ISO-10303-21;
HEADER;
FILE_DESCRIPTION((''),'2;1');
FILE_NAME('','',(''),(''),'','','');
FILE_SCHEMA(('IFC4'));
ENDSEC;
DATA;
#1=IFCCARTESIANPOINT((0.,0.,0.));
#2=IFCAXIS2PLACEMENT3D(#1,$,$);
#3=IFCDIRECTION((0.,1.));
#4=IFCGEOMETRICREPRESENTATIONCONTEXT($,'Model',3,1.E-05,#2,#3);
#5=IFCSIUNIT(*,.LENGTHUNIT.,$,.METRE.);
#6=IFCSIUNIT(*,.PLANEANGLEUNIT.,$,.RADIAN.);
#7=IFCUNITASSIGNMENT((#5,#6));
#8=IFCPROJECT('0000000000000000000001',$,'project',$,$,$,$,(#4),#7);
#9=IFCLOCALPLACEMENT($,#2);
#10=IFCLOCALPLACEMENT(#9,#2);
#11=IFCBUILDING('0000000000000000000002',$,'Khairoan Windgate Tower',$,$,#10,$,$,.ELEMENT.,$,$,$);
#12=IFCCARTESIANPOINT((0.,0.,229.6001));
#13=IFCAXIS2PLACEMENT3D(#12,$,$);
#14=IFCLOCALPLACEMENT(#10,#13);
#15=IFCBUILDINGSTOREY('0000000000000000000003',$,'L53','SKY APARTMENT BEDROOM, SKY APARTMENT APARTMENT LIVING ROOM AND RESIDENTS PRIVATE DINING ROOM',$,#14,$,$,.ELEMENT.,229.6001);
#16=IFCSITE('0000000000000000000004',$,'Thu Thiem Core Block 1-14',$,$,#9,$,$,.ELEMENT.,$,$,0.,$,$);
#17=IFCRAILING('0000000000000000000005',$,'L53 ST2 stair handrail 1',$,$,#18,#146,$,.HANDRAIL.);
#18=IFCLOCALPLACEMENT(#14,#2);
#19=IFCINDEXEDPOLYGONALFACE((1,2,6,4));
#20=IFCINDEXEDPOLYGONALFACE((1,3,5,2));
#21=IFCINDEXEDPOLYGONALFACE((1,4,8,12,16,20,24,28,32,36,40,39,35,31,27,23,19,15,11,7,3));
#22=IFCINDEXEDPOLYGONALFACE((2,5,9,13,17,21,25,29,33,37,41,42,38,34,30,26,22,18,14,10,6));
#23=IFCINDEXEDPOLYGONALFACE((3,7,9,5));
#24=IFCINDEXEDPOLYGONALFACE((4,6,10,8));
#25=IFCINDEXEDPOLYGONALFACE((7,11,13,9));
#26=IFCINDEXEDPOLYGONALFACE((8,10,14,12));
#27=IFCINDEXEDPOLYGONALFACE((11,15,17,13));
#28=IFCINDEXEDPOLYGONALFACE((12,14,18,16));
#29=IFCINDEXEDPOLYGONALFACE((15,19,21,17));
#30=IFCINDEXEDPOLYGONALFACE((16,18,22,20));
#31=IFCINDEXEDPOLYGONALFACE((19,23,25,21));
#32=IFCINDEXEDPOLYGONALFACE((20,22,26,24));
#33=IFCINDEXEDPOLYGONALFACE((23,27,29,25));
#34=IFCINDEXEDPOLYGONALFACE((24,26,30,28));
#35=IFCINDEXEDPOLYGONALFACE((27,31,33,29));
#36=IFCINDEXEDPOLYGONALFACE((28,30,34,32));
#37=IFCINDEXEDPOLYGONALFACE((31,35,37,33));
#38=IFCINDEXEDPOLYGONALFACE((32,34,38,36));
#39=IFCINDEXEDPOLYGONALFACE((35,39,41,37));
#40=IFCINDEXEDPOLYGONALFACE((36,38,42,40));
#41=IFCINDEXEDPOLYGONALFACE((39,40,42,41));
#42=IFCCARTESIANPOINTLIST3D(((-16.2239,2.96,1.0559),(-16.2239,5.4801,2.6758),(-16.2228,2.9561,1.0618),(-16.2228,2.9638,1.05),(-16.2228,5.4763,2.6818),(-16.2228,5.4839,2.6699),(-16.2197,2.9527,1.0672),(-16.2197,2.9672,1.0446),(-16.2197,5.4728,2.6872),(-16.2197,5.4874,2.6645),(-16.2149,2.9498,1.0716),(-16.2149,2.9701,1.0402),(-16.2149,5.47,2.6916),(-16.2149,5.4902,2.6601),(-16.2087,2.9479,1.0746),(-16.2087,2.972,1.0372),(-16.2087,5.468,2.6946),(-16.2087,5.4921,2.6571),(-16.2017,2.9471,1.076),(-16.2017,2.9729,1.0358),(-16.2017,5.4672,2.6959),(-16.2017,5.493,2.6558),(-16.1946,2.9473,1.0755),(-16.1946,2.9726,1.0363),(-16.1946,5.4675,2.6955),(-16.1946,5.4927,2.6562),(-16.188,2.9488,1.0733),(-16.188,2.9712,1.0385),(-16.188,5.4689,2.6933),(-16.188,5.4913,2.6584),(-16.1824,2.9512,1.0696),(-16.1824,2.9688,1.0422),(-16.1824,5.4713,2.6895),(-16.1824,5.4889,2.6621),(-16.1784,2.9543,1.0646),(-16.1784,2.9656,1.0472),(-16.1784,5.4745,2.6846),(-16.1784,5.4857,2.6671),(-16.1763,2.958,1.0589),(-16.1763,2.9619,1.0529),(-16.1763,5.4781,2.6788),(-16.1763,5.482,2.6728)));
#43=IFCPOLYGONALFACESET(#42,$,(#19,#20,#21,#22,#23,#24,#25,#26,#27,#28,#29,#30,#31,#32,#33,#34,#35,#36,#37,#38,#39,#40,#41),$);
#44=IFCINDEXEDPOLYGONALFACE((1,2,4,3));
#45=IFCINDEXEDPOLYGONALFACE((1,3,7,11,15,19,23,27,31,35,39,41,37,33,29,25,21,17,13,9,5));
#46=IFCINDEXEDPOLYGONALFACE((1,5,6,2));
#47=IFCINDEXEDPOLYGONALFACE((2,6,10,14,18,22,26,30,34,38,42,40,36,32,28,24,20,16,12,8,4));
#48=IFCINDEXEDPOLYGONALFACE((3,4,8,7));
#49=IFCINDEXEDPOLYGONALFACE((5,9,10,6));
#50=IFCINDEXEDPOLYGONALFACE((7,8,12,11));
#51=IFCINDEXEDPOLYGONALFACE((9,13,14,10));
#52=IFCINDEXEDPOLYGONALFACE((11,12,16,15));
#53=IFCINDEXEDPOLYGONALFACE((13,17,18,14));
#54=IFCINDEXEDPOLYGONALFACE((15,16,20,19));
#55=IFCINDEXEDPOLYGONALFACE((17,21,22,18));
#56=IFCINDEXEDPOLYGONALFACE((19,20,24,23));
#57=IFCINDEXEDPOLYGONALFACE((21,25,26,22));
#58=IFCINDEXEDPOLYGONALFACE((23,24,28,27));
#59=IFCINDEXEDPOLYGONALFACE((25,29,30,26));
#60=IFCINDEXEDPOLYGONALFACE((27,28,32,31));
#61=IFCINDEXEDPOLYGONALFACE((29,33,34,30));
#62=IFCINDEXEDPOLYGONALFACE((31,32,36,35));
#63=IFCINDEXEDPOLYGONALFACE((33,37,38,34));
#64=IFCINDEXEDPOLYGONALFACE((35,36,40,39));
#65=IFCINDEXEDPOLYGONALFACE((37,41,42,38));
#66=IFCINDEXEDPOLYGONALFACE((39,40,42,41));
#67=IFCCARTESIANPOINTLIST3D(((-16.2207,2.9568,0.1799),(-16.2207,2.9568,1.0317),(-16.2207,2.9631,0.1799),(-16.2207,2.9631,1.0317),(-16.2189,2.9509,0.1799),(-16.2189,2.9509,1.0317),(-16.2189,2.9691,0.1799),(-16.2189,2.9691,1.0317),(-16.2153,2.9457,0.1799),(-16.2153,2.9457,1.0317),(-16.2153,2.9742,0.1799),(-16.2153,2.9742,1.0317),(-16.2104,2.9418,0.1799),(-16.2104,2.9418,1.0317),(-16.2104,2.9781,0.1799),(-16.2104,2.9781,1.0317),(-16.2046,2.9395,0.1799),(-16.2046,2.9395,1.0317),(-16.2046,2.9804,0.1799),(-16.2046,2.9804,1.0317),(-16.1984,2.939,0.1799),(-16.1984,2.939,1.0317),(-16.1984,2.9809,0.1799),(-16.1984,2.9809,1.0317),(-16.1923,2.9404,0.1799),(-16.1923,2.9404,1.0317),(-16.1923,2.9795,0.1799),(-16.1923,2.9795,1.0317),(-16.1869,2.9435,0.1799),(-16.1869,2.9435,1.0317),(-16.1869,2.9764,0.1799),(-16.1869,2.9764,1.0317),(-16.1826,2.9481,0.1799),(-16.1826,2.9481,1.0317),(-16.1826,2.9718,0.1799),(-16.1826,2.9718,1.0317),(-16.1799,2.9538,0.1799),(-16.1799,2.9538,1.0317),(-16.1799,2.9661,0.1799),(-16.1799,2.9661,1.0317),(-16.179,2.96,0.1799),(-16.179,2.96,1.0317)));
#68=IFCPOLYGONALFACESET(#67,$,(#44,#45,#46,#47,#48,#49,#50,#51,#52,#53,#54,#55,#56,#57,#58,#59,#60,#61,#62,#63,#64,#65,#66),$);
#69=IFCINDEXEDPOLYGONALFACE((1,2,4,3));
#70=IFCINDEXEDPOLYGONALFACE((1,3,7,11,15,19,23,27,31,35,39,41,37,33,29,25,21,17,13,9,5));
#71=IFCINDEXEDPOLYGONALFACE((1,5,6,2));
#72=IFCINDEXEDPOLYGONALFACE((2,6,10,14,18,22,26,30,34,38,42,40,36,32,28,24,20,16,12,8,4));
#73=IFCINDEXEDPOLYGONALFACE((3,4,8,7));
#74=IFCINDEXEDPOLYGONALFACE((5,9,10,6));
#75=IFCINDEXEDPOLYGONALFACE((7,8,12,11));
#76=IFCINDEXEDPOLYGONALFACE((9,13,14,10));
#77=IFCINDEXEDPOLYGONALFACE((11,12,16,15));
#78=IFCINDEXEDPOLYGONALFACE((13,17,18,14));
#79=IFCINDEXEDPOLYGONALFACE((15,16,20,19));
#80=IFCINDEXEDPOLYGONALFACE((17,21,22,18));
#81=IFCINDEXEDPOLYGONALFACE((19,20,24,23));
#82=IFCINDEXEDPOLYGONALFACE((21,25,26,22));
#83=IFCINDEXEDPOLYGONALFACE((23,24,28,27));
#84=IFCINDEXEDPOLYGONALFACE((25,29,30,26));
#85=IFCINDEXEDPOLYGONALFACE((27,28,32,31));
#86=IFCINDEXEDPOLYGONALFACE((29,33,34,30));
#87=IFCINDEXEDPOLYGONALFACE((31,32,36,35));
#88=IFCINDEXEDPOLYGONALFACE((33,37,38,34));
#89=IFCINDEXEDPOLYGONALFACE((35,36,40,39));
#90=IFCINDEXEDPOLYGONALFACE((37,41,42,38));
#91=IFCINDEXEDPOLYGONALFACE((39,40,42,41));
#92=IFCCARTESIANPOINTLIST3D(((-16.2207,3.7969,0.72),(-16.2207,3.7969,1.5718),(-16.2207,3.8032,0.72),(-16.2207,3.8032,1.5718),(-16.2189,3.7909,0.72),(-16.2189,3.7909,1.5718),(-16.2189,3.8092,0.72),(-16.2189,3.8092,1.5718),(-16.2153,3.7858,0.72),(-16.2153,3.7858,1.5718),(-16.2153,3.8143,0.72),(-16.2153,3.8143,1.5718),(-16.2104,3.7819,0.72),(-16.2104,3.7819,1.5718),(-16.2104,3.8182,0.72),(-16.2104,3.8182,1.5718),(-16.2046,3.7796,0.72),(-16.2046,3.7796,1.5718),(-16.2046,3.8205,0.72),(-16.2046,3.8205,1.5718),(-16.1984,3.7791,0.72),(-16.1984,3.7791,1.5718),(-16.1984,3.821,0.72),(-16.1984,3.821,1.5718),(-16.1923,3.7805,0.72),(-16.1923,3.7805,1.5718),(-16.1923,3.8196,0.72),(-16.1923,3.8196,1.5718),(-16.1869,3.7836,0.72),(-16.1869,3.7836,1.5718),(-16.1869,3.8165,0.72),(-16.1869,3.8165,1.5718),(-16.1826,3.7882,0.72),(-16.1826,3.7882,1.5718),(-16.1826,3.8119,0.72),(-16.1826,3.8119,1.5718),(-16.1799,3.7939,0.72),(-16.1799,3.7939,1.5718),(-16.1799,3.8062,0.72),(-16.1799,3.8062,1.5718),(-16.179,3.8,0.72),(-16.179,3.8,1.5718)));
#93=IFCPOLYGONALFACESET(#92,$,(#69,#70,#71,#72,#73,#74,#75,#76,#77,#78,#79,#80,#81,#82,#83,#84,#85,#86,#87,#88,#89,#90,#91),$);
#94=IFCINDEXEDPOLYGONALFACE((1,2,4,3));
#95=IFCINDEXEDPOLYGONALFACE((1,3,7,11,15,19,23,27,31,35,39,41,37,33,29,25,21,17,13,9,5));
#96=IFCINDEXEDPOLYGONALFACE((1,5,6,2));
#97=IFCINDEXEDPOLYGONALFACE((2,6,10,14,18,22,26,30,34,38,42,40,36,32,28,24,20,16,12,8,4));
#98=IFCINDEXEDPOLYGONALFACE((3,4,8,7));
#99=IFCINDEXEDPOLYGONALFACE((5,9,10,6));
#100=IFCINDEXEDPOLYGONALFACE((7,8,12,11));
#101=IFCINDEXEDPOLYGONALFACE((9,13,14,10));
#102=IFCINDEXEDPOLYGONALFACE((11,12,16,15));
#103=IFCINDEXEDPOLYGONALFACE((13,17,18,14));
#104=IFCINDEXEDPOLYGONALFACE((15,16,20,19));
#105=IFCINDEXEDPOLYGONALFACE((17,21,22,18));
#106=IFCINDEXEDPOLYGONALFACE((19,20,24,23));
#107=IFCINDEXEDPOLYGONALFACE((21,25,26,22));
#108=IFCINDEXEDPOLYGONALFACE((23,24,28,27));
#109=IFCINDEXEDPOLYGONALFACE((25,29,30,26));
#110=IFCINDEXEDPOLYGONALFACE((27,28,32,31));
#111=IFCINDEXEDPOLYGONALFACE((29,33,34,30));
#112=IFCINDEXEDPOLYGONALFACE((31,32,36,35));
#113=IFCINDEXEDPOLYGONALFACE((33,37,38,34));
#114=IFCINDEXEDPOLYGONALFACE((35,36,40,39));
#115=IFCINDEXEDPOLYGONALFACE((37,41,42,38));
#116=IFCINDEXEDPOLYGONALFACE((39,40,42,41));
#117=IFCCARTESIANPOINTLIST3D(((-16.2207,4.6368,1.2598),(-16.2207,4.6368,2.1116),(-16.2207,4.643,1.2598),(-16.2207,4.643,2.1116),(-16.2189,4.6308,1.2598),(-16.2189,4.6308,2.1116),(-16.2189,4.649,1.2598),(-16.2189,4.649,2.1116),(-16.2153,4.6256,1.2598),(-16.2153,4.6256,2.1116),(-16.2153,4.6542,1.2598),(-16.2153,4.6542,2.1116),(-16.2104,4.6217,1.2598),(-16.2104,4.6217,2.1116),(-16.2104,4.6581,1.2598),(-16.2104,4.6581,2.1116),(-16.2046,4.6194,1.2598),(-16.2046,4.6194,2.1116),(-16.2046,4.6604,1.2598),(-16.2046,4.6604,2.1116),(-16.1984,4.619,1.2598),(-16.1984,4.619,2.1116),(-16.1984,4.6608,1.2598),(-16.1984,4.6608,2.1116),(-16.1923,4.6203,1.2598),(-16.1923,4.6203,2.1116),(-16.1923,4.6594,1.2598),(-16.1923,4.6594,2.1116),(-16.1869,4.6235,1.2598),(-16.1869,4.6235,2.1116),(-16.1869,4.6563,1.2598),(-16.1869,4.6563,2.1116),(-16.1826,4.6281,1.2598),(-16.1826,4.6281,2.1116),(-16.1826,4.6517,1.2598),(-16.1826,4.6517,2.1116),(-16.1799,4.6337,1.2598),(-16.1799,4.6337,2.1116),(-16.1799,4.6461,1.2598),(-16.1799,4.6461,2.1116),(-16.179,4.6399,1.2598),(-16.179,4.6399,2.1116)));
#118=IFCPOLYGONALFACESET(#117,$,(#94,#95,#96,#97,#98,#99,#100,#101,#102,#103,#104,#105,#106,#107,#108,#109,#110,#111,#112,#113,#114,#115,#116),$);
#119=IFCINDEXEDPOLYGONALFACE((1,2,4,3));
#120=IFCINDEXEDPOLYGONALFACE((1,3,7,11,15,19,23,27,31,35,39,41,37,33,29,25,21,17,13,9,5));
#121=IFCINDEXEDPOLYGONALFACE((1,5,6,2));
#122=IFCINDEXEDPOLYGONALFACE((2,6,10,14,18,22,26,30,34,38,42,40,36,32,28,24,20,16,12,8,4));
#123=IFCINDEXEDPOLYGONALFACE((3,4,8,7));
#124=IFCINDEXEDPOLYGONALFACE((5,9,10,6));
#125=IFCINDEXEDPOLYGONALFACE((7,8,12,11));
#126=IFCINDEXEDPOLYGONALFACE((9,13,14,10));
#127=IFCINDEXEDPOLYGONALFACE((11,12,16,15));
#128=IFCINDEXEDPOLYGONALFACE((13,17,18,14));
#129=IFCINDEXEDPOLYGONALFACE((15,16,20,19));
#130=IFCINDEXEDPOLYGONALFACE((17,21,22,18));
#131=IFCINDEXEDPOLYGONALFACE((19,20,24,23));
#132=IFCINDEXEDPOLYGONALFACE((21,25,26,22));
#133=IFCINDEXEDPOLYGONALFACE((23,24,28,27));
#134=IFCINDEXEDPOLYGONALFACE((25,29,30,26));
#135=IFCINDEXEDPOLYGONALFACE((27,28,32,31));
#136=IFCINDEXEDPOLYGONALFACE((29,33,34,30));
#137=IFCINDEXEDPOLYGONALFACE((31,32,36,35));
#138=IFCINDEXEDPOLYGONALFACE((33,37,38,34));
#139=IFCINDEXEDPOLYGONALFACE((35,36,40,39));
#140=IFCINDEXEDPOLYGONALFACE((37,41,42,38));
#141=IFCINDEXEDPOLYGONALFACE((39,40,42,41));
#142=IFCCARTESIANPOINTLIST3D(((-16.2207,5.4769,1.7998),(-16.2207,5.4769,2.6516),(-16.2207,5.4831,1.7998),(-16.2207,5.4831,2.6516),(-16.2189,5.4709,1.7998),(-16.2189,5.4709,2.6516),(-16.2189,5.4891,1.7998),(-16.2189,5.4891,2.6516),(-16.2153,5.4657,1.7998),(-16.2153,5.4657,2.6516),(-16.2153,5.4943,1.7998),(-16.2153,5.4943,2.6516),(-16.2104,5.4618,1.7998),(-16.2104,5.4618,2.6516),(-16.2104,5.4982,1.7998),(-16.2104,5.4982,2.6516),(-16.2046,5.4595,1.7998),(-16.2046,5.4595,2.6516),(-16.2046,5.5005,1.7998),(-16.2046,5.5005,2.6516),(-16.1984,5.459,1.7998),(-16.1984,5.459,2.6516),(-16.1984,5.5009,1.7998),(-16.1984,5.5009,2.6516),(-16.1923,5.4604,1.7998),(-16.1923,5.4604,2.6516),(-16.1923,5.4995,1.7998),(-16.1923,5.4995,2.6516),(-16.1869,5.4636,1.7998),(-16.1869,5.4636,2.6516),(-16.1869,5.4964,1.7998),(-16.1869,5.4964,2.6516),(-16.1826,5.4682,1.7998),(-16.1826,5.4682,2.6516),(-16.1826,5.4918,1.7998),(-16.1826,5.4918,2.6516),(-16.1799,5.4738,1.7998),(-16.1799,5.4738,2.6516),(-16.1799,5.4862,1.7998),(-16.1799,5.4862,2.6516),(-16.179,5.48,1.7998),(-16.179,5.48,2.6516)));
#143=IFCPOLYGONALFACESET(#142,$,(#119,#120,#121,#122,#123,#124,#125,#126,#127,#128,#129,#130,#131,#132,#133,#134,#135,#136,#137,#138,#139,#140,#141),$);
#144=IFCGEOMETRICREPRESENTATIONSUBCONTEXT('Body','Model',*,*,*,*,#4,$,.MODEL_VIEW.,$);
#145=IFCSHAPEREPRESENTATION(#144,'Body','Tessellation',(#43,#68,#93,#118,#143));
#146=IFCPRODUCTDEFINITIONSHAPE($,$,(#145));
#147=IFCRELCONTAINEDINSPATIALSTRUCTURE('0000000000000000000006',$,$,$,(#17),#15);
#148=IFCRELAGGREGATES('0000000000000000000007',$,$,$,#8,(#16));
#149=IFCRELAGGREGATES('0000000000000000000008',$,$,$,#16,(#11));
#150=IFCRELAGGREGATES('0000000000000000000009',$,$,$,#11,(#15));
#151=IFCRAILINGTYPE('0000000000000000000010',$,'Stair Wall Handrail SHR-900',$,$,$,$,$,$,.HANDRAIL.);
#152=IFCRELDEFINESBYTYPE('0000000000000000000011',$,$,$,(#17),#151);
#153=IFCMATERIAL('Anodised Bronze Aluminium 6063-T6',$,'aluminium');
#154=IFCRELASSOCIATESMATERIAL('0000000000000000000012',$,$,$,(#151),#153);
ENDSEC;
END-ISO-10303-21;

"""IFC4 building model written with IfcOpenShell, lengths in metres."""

from ifc_helpers import new_model, si_unit, direction, frame, origin, origin_2d, place, context, subcontext, project, spatial, circle, extrude, material, type_object, element, save


model = new_model("IFC4")

# Units and contexts
model_context = context("Model", 3, precision=1e-05, world=origin(), true_north=direction((0.0, 1.0)))
body_context = subcontext(model_context, "Body", "Model", "MODEL_VIEW")
ifc_project = project(units=[si_unit("LENGTHUNIT", "METRE"), si_unit("PLANEANGLEUNIT", "RADIAN")], contexts=[model_context])

# Site, building, storey
site_placement = place(None, origin())
site = spatial("IfcSite", under=ifc_project, at=site_placement, Name="Thu Thiem Core Block 1-14", CompositionType="ELEMENT", RefElevation=0.0)
building_placement = place(site_placement, origin())
building = spatial("IfcBuilding", under=site, at=building_placement, Name="Khairoan Windgate Tower", CompositionType="ELEMENT")
storey_placement = place(building_placement, frame((0.0, 0.0, 229.6001)))
storey = spatial("IfcBuildingStorey", under=building, at=storey_placement, Name="L53", Description="SKY APARTMENT BEDROOM, SKY APARTMENT APARTMENT LIVING ROOM AND RESIDENTS PRIVATE DINING ROOM", CompositionType="ELEMENT", Elevation=229.6001)

# Railing
ifc_material_1 = material(Name="Anodised Bronze Aluminium 6063-T6", Category="aluminium")
railing_type_1 = type_object("IfcRailingType", Name="Stair Wall Handrail SHR-900", PredefinedType="HANDRAIL", material=ifc_material_1)
railing_1_placement = place(storey_placement, frame((-16.2, 2.96, 0.1799)))
element("IfcRailing", 1, at=railing_1_placement, inside=storey, type_object=railing_type_1, Name="L53 ST2 stair handrail 1", PredefinedType="HANDRAIL", context=body_context, shape_type="SweptSolid", body=[
    extrude(circle(Radius=0.0239, at=origin_2d()), frame((0.0, 0.0, 0.876), z_axis=(0.0, 0.8412, 0.540725), x_axis=(-1.0, 0.0, 0.0)), (0.0, 0.0, 1.0), 2.9958),
    extrude(circle(Radius=0.021, at=origin_2d()), origin(), (0.0, 0.0, 1.0), 0.8518),
    extrude(circle(Radius=0.021, at=origin_2d()), frame((0.0, 0.8401, 0.54)), (0.0, 0.0, 1.0), 0.8518),
    extrude(circle(Radius=0.021, at=origin_2d()), frame((0.0, 1.6799, 1.0798)), (0.0, 0.0, 1.0), 0.8518),
    extrude(circle(Radius=0.021, at=origin_2d()), frame((0.0, 2.52, 1.6199)), (0.0, 0.0, 1.0), 0.8518),
])

save(model, "model.ifc")
